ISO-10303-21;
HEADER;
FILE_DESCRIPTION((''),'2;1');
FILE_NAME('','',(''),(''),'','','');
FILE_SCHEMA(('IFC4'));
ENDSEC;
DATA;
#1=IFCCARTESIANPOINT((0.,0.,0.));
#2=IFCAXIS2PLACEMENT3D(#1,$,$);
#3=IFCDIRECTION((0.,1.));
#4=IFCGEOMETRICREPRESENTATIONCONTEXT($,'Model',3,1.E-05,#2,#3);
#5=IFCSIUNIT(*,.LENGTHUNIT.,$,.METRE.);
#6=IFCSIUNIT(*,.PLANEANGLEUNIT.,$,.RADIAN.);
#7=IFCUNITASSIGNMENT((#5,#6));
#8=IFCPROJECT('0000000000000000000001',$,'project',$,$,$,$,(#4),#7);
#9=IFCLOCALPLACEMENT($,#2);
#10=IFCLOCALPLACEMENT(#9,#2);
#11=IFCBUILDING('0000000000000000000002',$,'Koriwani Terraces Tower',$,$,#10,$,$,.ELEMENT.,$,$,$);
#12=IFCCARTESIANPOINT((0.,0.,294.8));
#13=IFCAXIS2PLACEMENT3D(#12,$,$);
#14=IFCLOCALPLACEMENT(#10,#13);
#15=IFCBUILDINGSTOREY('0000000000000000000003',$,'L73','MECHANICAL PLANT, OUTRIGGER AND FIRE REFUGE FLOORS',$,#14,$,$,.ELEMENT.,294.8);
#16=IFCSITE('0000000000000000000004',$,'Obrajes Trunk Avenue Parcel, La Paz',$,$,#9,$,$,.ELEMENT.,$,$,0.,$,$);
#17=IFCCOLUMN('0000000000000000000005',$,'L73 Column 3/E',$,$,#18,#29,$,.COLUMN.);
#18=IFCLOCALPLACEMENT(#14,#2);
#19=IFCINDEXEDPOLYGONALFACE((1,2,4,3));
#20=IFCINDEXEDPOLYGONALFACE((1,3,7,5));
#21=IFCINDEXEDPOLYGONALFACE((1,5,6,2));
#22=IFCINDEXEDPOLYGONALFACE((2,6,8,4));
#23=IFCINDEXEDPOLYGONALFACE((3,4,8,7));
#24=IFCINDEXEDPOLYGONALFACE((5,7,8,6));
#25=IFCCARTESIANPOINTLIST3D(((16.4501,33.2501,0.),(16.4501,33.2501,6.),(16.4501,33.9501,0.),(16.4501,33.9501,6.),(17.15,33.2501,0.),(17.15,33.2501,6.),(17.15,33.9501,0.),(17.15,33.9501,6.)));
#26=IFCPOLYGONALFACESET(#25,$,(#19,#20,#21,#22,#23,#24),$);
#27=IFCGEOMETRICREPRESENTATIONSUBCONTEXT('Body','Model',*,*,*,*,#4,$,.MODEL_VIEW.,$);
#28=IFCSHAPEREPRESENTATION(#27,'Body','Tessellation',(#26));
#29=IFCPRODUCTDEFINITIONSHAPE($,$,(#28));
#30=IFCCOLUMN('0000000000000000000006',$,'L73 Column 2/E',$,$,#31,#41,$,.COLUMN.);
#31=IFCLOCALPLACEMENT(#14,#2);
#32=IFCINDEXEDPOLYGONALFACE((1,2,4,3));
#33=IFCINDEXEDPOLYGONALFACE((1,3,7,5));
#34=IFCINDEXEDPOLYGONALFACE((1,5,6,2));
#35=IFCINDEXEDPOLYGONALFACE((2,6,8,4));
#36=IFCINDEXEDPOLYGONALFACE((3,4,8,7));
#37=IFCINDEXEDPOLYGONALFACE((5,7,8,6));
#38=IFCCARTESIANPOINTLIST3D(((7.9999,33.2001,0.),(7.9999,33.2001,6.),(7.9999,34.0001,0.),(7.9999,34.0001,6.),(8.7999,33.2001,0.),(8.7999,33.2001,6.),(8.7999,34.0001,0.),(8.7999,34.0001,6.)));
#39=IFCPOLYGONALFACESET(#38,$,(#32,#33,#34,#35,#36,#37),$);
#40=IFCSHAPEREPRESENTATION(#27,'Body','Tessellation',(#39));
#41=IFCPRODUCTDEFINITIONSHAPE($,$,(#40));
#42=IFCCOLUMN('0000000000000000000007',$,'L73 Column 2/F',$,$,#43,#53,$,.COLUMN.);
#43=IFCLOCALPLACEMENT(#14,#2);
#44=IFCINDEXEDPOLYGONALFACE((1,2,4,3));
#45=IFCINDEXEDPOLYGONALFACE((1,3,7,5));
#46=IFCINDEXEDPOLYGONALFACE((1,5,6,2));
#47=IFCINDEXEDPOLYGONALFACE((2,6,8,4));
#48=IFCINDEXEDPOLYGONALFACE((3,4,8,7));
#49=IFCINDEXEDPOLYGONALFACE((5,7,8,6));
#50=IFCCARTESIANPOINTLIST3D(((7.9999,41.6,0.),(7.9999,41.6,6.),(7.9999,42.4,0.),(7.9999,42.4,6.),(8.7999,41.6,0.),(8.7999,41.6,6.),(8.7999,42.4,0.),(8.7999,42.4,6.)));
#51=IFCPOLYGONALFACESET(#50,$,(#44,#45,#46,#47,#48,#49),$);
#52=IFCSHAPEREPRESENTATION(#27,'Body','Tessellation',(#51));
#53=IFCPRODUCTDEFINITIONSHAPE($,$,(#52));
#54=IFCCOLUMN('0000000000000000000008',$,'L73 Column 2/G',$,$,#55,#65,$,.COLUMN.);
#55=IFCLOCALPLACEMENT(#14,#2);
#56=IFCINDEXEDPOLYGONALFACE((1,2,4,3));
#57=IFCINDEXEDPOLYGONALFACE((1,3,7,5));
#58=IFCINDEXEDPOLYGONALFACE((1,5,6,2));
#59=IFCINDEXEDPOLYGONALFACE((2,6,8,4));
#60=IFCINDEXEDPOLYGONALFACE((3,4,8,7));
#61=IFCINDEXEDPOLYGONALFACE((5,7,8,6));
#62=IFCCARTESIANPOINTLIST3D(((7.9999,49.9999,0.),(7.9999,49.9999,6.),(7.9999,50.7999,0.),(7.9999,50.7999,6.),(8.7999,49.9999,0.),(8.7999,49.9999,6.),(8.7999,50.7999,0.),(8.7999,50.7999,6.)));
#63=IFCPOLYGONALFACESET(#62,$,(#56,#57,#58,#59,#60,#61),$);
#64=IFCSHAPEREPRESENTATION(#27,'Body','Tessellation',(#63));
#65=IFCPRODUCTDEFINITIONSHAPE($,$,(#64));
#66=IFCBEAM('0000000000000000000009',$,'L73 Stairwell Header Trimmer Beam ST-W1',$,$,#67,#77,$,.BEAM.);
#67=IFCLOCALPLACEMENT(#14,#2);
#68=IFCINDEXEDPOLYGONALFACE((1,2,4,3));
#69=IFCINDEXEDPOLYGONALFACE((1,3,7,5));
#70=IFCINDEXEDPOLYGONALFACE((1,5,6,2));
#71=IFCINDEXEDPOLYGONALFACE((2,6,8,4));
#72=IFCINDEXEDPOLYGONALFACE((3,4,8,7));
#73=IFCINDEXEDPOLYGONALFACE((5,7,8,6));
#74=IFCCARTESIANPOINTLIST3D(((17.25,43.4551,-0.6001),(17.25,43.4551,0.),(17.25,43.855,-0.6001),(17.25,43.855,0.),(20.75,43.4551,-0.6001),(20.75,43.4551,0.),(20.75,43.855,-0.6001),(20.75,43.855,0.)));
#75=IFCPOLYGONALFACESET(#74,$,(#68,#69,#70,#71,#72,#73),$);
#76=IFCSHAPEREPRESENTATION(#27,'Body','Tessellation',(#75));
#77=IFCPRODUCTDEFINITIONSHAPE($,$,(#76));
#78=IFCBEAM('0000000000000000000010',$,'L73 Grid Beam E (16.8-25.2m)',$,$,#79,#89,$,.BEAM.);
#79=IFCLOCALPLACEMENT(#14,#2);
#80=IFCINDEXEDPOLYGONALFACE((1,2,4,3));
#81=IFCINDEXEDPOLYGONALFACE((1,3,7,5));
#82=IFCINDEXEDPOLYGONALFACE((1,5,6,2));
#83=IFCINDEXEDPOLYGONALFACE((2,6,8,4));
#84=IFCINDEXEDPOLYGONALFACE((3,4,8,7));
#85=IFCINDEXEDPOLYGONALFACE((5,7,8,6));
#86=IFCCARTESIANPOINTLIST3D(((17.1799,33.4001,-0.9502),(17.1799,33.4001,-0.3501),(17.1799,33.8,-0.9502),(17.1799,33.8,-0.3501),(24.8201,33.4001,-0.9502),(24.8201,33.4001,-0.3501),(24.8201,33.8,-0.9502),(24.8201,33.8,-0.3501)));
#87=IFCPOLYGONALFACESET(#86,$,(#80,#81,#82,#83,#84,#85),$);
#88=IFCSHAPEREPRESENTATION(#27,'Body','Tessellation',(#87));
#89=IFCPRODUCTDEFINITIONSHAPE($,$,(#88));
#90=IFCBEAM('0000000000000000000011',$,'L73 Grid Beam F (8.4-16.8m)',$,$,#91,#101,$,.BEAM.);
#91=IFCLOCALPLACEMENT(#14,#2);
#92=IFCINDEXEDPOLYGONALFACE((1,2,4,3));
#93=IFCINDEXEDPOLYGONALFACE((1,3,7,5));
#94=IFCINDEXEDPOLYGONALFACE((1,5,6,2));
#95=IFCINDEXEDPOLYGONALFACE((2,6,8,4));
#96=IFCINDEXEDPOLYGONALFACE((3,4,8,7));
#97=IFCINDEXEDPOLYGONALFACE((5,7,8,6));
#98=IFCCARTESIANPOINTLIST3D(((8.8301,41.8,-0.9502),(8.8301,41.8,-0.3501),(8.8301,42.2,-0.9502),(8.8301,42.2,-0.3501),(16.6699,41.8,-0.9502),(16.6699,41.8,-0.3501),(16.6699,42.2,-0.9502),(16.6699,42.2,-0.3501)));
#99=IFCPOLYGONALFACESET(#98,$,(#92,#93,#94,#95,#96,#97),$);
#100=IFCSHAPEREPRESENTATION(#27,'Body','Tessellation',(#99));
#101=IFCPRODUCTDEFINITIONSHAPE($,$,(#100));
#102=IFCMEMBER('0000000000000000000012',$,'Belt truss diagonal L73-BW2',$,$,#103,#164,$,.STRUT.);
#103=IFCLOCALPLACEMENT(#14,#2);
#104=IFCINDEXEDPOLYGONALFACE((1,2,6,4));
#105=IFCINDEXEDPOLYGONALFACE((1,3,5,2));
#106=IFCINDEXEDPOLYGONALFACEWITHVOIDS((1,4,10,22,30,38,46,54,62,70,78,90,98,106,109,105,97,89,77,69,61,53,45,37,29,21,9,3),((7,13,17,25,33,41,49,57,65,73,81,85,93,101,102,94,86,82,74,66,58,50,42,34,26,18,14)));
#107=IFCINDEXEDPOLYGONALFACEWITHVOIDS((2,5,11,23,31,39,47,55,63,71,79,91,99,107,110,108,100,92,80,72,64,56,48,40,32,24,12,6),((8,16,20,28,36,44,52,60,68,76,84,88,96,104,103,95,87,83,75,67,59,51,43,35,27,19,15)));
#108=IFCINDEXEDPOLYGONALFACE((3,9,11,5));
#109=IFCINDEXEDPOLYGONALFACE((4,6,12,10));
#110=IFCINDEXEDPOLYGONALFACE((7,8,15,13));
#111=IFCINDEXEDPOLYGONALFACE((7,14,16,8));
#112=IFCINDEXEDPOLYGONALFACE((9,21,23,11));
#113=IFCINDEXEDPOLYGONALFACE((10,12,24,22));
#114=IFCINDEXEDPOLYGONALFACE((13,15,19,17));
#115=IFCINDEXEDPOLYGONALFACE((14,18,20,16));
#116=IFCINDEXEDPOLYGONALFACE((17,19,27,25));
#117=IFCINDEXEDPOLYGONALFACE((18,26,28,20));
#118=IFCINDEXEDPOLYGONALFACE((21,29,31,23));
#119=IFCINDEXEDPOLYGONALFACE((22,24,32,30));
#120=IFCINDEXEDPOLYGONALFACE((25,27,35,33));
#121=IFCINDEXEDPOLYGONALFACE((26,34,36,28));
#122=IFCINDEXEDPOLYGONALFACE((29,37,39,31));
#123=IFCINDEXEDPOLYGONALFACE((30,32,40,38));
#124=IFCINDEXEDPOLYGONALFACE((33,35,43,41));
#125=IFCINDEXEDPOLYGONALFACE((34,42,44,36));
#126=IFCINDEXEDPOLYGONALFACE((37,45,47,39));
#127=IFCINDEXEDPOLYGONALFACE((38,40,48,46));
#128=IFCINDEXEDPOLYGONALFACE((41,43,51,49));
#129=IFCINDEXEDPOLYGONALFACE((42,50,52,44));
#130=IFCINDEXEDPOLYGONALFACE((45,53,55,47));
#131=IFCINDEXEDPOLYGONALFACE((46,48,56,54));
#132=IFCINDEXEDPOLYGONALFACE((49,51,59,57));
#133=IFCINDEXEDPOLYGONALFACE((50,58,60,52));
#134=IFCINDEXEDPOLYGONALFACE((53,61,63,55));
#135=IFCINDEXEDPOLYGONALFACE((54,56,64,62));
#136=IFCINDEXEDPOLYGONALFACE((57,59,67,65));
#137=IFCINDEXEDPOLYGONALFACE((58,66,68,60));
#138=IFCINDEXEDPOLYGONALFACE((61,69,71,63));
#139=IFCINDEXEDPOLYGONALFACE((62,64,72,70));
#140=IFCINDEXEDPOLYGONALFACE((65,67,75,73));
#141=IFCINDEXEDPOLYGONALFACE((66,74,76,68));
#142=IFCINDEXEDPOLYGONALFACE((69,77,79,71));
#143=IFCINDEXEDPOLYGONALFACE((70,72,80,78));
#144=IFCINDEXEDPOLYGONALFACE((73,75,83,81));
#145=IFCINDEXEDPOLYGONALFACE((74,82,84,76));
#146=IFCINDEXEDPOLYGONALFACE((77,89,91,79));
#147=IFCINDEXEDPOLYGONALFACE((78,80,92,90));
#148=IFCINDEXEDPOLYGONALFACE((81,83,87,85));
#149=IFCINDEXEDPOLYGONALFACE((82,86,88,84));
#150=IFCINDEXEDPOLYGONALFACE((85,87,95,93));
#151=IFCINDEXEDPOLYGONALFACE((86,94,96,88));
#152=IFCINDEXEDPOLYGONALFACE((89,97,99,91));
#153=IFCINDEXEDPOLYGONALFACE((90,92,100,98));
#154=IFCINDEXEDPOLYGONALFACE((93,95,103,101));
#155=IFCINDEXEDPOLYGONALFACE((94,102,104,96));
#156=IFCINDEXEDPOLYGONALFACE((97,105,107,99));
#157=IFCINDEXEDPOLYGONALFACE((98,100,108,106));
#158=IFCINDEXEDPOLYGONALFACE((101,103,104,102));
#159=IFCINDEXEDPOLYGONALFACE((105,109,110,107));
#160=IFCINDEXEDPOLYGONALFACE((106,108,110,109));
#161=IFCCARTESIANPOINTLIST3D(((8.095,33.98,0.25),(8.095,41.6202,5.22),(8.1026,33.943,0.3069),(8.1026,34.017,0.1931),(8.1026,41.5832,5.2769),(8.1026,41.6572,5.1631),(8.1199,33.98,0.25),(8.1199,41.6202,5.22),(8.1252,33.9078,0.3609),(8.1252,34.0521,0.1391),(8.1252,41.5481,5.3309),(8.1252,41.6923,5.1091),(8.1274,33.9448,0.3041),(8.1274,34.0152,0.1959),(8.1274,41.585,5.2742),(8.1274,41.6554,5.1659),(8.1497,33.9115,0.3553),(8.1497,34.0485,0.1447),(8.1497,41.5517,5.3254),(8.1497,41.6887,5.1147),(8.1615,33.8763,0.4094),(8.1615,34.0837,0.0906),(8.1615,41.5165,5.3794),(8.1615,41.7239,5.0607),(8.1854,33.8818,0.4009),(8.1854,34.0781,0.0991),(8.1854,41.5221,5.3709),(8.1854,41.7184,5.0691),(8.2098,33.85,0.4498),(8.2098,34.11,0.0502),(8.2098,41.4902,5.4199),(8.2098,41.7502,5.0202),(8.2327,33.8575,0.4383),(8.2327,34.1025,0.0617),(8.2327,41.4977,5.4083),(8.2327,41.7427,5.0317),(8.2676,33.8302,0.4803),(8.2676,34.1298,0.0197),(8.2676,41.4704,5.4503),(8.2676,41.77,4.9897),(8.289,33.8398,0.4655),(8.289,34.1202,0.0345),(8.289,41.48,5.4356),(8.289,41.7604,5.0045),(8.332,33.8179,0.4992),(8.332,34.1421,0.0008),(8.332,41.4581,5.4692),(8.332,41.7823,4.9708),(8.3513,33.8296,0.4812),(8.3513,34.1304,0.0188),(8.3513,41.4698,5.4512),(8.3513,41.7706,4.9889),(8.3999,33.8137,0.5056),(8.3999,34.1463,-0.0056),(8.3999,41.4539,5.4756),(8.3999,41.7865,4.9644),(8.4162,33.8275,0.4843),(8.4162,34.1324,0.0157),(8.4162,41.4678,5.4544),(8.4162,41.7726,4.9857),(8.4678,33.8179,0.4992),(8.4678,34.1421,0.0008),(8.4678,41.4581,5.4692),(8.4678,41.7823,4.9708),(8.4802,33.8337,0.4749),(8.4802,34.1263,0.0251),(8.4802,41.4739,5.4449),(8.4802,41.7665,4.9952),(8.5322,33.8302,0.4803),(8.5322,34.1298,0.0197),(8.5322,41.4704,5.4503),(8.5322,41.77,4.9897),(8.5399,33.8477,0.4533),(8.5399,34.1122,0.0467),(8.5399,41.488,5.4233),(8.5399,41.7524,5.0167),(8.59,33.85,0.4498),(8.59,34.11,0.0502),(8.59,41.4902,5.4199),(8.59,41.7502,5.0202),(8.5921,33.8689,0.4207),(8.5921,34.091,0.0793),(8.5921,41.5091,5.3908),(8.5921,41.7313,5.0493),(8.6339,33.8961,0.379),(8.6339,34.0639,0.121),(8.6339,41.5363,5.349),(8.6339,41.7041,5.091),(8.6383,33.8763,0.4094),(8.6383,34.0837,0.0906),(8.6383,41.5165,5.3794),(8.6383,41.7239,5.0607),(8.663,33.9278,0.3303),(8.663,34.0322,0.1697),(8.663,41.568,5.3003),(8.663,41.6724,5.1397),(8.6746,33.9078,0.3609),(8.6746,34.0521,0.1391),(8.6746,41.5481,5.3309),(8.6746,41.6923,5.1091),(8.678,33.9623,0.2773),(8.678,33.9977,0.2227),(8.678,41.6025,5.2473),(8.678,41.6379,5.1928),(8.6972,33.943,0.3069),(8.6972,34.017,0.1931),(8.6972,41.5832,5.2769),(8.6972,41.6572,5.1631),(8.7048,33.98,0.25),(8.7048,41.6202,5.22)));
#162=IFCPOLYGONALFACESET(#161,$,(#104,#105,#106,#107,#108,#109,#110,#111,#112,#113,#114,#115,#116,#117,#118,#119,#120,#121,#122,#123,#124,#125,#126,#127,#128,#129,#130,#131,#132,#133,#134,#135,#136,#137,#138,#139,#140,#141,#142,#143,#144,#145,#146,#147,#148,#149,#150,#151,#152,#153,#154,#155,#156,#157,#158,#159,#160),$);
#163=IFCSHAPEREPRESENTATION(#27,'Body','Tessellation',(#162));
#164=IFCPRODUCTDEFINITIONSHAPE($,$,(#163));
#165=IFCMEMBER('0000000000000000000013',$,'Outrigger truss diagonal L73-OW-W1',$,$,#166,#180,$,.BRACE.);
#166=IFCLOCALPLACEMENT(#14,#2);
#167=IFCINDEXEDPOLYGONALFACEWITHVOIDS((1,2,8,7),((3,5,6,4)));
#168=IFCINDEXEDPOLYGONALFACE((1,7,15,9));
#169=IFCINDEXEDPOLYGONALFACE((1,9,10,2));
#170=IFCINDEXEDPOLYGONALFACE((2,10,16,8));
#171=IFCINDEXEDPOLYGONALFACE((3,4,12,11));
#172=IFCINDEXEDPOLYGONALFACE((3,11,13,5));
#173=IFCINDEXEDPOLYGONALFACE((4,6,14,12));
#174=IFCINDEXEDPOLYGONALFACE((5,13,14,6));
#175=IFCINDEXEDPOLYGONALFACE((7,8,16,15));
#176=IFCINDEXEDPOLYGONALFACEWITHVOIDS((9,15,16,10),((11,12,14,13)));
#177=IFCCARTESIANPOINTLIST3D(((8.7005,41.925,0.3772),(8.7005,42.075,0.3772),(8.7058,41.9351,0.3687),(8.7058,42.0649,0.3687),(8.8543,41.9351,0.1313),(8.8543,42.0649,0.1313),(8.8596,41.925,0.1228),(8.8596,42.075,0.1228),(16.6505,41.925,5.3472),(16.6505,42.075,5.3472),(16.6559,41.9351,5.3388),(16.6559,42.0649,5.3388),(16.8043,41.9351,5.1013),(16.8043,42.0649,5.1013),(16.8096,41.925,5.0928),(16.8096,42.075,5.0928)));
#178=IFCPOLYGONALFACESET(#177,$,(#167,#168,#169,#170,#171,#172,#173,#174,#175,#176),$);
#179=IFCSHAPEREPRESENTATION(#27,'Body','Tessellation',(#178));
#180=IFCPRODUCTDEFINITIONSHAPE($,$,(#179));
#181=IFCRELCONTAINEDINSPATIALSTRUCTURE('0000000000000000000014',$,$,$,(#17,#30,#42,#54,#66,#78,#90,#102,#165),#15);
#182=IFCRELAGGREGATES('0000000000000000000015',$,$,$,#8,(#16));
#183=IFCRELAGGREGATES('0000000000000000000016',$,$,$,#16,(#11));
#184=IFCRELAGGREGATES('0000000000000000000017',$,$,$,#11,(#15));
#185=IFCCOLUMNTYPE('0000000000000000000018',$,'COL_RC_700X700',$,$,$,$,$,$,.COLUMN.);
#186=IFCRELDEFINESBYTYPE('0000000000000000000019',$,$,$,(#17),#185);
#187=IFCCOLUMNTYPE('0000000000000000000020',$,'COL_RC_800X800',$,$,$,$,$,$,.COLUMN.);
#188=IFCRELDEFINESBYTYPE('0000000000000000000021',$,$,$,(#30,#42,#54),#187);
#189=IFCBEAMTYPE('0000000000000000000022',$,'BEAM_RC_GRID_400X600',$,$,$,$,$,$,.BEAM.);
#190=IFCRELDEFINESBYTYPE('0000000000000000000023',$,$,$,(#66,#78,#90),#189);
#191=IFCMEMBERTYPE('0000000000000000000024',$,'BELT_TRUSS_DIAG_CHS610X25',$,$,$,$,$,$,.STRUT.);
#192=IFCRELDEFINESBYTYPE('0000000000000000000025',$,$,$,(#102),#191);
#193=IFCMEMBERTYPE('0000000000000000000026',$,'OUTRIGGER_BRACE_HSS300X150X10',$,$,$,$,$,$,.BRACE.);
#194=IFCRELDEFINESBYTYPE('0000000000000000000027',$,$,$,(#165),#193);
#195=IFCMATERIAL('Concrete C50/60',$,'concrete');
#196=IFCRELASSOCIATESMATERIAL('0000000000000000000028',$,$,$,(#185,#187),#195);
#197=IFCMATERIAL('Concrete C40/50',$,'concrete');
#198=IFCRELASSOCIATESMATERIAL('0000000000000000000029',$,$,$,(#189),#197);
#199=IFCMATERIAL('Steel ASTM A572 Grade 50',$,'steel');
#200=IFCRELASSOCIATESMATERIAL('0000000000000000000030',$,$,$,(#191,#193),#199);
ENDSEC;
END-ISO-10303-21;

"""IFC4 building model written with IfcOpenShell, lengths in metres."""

from ifc_helpers import new_model, si_unit, direction, frame, origin, origin_2d, place, context, subcontext, project, spatial, rectangle, hollow_rectangle, hollow_circle, extrude, material, material_profile, profile_set, type_object, element, save


model = new_model("IFC4")

# Units and contexts
model_context = context("Model", 3, precision=1e-05, world=origin(), true_north=direction((0.0, 1.0)))
body_context = subcontext(model_context, "Body", "Model", "MODEL_VIEW")
ifc_project = project(units=[si_unit("LENGTHUNIT", "METRE"), si_unit("PLANEANGLEUNIT", "RADIAN")], contexts=[model_context])

# Site, building, storey
site_placement = place(None, origin())
site = spatial("IfcSite", under=ifc_project, at=site_placement, Name="Obrajes Trunk Avenue Parcel, La Paz", CompositionType="ELEMENT", RefElevation=0.0)
building_placement = place(site_placement, origin())
building = spatial("IfcBuilding", under=site, at=building_placement, Name="Koriwani Terraces Tower", CompositionType="ELEMENT")
storey_placement = place(building_placement, frame((0.0, 0.0, 294.8)))
storey = spatial("IfcBuildingStorey", under=building, at=storey_placement, Name="L73", Description="MECHANICAL PLANT, OUTRIGGER AND FIRE REFUGE FLOORS", CompositionType="ELEMENT", Elevation=294.8)

# Columns
ifc_material_1 = material(Name="Concrete C50/60", Category="concrete")
ifc_material_profile_1 = material_profile(ifc_material_1, rectangle(XDim=0.7, YDim=0.7, at=origin_2d()), Name="Concrete C50/60", Category="LoadBearing")
ifc_profile_set_1 = profile_set([ifc_material_profile_1], Name="Concrete C50/60")
column_type_1 = type_object("IfcColumnType", Name="COL_RC_700X700", PredefinedType="COLUMN", material=ifc_profile_set_1)
column_placement = place(storey_placement, frame((16.8, 33.6001, 0.0), z_axis=(0.0, 0.0, 1.0), x_axis=(1.0, 0.0, 0.0)))
element("IfcColumn", 1, at=column_placement, inside=storey, type_object=column_type_1, Name="L73 Column 3/E", PredefinedType="COLUMN", context=body_context, shape_type="SweptSolid", body=[
    extrude(rectangle(XDim=0.7, YDim=0.7, at=origin_2d()), origin(), (0.0, 0.0, 1.0), 6.0),
])
ifc_material_profile_2 = material_profile(ifc_material_1, rectangle(XDim=0.8, YDim=0.8, at=origin_2d()), Name="Concrete C50/60", Category="LoadBearing")
ifc_profile_set_2 = profile_set([ifc_material_profile_2], Name="Concrete C50/60")
column_type_2 = type_object("IfcColumnType", Name="COL_RC_800X800", PredefinedType="COLUMN", material=ifc_profile_set_2)
for number, where, z_axis, x_axis, name in (
    (2, (8.3999, 33.6001, 0.0), (0.0, 0.0, 1.0), (1.0, 0.0, 0.0), "L73 Column 2/E"),
    (3, (8.3999, 42.0, 0.0), (0.0, 0.0, 1.0), (1.0, 0.0, 0.0), "L73 Column 2/F"),
    (4, (8.3999, 50.3999, 0.0), (0.0, 0.0, 1.0), (1.0, 0.0, 0.0), "L73 Column 2/G"),
):
    element("IfcColumn", number, at=place(storey_placement, frame(where, z_axis=z_axis, x_axis=x_axis)), inside=storey, type_object=column_type_2, Name=name, PredefinedType="COLUMN", context=body_context, shape_type="SweptSolid", body=[
        extrude(rectangle(XDim=0.8, YDim=0.8, at=origin_2d()), origin(), (0.0, 0.0, 1.0), 6.0),
    ])

# Beams
ifc_material_2 = material(Name="Concrete C40/50", Category="concrete")
ifc_material_profile_3 = material_profile(ifc_material_2, rectangle(XDim=0.3999, YDim=0.6001, at=origin_2d()), Name="Concrete C40/50", Category="LoadBearing")
ifc_profile_set_3 = profile_set([ifc_material_profile_3], Name="Concrete C40/50")
beam_type_1 = type_object("IfcBeamType", Name="BEAM_RC_GRID_400X600", PredefinedType="BEAM", material=ifc_profile_set_3)
beam_1_placement = place(storey_placement, frame((17.25, 43.655, -0.3), z_axis=(1.0, 0.0, 0.0), x_axis=(0.0, 1.0, 0.0)))
element("IfcBeam", 5, at=beam_1_placement, inside=storey, type_object=beam_type_1, Name="L73 Stairwell Header Trimmer Beam ST-W1", PredefinedType="BEAM", context=body_context, shape_type="SweptSolid", body=[
    extrude(rectangle(XDim=0.3999, YDim=0.6001, at=origin_2d()), origin(), (0.0, 0.0, 1.0), 3.5),
])
beam_2_placement = place(storey_placement, frame((17.1799, 33.6001, -0.6501), z_axis=(1.0, 0.0, 0.0), x_axis=(0.0, 1.0, 0.0)))
element("IfcBeam", 6, at=beam_2_placement, inside=storey, type_object=beam_type_1, Name="L73 Grid Beam E (16.8-25.2m)", PredefinedType="BEAM", context=body_context, shape_type="SweptSolid", body=[
    extrude(rectangle(XDim=0.3999, YDim=0.6001, at=origin_2d()), origin(), (0.0, 0.0, 1.0), 7.6401),
])
beam_3_placement = place(storey_placement, frame((8.8301, 42.0, -0.6501), z_axis=(1.0, 0.0, 0.0), x_axis=(0.0, 1.0, 0.0)))
element("IfcBeam", 7, at=beam_3_placement, inside=storey, type_object=beam_type_1, Name="L73 Grid Beam F (8.4-16.8m)", PredefinedType="BEAM", context=body_context, shape_type="SweptSolid", body=[
    extrude(rectangle(XDim=0.3999, YDim=0.6001, at=origin_2d()), origin(), (0.0, 0.0, 1.0), 7.8398),
])

# Members
ifc_material_3 = material(Name="Steel ASTM A572 Grade 50", Category="steel")
ifc_material_profile_4 = material_profile(ifc_material_3, hollow_circle(Radius=0.3049, WallThickness=0.0249, at=origin_2d()), Name="Steel ASTM A572 Grade 50", Category="LoadBearing")
ifc_profile_set_4 = profile_set([ifc_material_profile_4], Name="Steel ASTM A572 Grade 50")
member_type_1 = type_object("IfcMemberType", Name="BELT_TRUSS_DIAG_CHS610X25", PredefinedType="STRUT", material=ifc_profile_set_4)
member_1_placement = place(storey_placement, frame((8.3999, 33.98, 0.25), z_axis=(0.0, 0.838249, 0.545288), x_axis=(-1.0, 0.0, 0.0)))
element("IfcMember", 8, at=member_1_placement, inside=storey, type_object=member_type_1, Name="Belt truss diagonal L73-BW2", PredefinedType="STRUT", context=body_context, shape_type="SweptSolid", body=[
    extrude(hollow_circle(Radius=0.3049, WallThickness=0.0249, at=origin_2d()), origin(), (0.0, 0.0, 1.0), 9.1145),
])
ifc_material_profile_5 = material_profile(ifc_material_3, hollow_rectangle(XDim=0.1499, YDim=0.3, WallThickness=0.01, at=origin_2d()), Name="Steel ASTM A572 Grade 50", Category="LoadBearing")
ifc_profile_set_5 = profile_set([ifc_material_profile_5], Name="Steel ASTM A572 Grade 50")
member_type_2 = type_object("IfcMemberType", Name="OUTRIGGER_BRACE_HSS300X150X10", PredefinedType="BRACE", material=ifc_profile_set_5)
member_2_placement = place(storey_placement, frame((8.78, 42.0, 0.25), z_axis=(0.847938, 0.0, 0.530095), x_axis=(0.0, 1.0, 0.0)))
element("IfcMember", 9, at=member_2_placement, inside=storey, type_object=member_type_2, Name="Outrigger truss diagonal L73-OW-W1", PredefinedType="BRACE", context=body_context, shape_type="SweptSolid", body=[
    extrude(hollow_rectangle(XDim=0.1499, YDim=0.3, WallThickness=0.01, at=origin_2d()), origin(), (0.0, 0.0, 1.0), 9.3757),
])

save(model, "model.ifc")
